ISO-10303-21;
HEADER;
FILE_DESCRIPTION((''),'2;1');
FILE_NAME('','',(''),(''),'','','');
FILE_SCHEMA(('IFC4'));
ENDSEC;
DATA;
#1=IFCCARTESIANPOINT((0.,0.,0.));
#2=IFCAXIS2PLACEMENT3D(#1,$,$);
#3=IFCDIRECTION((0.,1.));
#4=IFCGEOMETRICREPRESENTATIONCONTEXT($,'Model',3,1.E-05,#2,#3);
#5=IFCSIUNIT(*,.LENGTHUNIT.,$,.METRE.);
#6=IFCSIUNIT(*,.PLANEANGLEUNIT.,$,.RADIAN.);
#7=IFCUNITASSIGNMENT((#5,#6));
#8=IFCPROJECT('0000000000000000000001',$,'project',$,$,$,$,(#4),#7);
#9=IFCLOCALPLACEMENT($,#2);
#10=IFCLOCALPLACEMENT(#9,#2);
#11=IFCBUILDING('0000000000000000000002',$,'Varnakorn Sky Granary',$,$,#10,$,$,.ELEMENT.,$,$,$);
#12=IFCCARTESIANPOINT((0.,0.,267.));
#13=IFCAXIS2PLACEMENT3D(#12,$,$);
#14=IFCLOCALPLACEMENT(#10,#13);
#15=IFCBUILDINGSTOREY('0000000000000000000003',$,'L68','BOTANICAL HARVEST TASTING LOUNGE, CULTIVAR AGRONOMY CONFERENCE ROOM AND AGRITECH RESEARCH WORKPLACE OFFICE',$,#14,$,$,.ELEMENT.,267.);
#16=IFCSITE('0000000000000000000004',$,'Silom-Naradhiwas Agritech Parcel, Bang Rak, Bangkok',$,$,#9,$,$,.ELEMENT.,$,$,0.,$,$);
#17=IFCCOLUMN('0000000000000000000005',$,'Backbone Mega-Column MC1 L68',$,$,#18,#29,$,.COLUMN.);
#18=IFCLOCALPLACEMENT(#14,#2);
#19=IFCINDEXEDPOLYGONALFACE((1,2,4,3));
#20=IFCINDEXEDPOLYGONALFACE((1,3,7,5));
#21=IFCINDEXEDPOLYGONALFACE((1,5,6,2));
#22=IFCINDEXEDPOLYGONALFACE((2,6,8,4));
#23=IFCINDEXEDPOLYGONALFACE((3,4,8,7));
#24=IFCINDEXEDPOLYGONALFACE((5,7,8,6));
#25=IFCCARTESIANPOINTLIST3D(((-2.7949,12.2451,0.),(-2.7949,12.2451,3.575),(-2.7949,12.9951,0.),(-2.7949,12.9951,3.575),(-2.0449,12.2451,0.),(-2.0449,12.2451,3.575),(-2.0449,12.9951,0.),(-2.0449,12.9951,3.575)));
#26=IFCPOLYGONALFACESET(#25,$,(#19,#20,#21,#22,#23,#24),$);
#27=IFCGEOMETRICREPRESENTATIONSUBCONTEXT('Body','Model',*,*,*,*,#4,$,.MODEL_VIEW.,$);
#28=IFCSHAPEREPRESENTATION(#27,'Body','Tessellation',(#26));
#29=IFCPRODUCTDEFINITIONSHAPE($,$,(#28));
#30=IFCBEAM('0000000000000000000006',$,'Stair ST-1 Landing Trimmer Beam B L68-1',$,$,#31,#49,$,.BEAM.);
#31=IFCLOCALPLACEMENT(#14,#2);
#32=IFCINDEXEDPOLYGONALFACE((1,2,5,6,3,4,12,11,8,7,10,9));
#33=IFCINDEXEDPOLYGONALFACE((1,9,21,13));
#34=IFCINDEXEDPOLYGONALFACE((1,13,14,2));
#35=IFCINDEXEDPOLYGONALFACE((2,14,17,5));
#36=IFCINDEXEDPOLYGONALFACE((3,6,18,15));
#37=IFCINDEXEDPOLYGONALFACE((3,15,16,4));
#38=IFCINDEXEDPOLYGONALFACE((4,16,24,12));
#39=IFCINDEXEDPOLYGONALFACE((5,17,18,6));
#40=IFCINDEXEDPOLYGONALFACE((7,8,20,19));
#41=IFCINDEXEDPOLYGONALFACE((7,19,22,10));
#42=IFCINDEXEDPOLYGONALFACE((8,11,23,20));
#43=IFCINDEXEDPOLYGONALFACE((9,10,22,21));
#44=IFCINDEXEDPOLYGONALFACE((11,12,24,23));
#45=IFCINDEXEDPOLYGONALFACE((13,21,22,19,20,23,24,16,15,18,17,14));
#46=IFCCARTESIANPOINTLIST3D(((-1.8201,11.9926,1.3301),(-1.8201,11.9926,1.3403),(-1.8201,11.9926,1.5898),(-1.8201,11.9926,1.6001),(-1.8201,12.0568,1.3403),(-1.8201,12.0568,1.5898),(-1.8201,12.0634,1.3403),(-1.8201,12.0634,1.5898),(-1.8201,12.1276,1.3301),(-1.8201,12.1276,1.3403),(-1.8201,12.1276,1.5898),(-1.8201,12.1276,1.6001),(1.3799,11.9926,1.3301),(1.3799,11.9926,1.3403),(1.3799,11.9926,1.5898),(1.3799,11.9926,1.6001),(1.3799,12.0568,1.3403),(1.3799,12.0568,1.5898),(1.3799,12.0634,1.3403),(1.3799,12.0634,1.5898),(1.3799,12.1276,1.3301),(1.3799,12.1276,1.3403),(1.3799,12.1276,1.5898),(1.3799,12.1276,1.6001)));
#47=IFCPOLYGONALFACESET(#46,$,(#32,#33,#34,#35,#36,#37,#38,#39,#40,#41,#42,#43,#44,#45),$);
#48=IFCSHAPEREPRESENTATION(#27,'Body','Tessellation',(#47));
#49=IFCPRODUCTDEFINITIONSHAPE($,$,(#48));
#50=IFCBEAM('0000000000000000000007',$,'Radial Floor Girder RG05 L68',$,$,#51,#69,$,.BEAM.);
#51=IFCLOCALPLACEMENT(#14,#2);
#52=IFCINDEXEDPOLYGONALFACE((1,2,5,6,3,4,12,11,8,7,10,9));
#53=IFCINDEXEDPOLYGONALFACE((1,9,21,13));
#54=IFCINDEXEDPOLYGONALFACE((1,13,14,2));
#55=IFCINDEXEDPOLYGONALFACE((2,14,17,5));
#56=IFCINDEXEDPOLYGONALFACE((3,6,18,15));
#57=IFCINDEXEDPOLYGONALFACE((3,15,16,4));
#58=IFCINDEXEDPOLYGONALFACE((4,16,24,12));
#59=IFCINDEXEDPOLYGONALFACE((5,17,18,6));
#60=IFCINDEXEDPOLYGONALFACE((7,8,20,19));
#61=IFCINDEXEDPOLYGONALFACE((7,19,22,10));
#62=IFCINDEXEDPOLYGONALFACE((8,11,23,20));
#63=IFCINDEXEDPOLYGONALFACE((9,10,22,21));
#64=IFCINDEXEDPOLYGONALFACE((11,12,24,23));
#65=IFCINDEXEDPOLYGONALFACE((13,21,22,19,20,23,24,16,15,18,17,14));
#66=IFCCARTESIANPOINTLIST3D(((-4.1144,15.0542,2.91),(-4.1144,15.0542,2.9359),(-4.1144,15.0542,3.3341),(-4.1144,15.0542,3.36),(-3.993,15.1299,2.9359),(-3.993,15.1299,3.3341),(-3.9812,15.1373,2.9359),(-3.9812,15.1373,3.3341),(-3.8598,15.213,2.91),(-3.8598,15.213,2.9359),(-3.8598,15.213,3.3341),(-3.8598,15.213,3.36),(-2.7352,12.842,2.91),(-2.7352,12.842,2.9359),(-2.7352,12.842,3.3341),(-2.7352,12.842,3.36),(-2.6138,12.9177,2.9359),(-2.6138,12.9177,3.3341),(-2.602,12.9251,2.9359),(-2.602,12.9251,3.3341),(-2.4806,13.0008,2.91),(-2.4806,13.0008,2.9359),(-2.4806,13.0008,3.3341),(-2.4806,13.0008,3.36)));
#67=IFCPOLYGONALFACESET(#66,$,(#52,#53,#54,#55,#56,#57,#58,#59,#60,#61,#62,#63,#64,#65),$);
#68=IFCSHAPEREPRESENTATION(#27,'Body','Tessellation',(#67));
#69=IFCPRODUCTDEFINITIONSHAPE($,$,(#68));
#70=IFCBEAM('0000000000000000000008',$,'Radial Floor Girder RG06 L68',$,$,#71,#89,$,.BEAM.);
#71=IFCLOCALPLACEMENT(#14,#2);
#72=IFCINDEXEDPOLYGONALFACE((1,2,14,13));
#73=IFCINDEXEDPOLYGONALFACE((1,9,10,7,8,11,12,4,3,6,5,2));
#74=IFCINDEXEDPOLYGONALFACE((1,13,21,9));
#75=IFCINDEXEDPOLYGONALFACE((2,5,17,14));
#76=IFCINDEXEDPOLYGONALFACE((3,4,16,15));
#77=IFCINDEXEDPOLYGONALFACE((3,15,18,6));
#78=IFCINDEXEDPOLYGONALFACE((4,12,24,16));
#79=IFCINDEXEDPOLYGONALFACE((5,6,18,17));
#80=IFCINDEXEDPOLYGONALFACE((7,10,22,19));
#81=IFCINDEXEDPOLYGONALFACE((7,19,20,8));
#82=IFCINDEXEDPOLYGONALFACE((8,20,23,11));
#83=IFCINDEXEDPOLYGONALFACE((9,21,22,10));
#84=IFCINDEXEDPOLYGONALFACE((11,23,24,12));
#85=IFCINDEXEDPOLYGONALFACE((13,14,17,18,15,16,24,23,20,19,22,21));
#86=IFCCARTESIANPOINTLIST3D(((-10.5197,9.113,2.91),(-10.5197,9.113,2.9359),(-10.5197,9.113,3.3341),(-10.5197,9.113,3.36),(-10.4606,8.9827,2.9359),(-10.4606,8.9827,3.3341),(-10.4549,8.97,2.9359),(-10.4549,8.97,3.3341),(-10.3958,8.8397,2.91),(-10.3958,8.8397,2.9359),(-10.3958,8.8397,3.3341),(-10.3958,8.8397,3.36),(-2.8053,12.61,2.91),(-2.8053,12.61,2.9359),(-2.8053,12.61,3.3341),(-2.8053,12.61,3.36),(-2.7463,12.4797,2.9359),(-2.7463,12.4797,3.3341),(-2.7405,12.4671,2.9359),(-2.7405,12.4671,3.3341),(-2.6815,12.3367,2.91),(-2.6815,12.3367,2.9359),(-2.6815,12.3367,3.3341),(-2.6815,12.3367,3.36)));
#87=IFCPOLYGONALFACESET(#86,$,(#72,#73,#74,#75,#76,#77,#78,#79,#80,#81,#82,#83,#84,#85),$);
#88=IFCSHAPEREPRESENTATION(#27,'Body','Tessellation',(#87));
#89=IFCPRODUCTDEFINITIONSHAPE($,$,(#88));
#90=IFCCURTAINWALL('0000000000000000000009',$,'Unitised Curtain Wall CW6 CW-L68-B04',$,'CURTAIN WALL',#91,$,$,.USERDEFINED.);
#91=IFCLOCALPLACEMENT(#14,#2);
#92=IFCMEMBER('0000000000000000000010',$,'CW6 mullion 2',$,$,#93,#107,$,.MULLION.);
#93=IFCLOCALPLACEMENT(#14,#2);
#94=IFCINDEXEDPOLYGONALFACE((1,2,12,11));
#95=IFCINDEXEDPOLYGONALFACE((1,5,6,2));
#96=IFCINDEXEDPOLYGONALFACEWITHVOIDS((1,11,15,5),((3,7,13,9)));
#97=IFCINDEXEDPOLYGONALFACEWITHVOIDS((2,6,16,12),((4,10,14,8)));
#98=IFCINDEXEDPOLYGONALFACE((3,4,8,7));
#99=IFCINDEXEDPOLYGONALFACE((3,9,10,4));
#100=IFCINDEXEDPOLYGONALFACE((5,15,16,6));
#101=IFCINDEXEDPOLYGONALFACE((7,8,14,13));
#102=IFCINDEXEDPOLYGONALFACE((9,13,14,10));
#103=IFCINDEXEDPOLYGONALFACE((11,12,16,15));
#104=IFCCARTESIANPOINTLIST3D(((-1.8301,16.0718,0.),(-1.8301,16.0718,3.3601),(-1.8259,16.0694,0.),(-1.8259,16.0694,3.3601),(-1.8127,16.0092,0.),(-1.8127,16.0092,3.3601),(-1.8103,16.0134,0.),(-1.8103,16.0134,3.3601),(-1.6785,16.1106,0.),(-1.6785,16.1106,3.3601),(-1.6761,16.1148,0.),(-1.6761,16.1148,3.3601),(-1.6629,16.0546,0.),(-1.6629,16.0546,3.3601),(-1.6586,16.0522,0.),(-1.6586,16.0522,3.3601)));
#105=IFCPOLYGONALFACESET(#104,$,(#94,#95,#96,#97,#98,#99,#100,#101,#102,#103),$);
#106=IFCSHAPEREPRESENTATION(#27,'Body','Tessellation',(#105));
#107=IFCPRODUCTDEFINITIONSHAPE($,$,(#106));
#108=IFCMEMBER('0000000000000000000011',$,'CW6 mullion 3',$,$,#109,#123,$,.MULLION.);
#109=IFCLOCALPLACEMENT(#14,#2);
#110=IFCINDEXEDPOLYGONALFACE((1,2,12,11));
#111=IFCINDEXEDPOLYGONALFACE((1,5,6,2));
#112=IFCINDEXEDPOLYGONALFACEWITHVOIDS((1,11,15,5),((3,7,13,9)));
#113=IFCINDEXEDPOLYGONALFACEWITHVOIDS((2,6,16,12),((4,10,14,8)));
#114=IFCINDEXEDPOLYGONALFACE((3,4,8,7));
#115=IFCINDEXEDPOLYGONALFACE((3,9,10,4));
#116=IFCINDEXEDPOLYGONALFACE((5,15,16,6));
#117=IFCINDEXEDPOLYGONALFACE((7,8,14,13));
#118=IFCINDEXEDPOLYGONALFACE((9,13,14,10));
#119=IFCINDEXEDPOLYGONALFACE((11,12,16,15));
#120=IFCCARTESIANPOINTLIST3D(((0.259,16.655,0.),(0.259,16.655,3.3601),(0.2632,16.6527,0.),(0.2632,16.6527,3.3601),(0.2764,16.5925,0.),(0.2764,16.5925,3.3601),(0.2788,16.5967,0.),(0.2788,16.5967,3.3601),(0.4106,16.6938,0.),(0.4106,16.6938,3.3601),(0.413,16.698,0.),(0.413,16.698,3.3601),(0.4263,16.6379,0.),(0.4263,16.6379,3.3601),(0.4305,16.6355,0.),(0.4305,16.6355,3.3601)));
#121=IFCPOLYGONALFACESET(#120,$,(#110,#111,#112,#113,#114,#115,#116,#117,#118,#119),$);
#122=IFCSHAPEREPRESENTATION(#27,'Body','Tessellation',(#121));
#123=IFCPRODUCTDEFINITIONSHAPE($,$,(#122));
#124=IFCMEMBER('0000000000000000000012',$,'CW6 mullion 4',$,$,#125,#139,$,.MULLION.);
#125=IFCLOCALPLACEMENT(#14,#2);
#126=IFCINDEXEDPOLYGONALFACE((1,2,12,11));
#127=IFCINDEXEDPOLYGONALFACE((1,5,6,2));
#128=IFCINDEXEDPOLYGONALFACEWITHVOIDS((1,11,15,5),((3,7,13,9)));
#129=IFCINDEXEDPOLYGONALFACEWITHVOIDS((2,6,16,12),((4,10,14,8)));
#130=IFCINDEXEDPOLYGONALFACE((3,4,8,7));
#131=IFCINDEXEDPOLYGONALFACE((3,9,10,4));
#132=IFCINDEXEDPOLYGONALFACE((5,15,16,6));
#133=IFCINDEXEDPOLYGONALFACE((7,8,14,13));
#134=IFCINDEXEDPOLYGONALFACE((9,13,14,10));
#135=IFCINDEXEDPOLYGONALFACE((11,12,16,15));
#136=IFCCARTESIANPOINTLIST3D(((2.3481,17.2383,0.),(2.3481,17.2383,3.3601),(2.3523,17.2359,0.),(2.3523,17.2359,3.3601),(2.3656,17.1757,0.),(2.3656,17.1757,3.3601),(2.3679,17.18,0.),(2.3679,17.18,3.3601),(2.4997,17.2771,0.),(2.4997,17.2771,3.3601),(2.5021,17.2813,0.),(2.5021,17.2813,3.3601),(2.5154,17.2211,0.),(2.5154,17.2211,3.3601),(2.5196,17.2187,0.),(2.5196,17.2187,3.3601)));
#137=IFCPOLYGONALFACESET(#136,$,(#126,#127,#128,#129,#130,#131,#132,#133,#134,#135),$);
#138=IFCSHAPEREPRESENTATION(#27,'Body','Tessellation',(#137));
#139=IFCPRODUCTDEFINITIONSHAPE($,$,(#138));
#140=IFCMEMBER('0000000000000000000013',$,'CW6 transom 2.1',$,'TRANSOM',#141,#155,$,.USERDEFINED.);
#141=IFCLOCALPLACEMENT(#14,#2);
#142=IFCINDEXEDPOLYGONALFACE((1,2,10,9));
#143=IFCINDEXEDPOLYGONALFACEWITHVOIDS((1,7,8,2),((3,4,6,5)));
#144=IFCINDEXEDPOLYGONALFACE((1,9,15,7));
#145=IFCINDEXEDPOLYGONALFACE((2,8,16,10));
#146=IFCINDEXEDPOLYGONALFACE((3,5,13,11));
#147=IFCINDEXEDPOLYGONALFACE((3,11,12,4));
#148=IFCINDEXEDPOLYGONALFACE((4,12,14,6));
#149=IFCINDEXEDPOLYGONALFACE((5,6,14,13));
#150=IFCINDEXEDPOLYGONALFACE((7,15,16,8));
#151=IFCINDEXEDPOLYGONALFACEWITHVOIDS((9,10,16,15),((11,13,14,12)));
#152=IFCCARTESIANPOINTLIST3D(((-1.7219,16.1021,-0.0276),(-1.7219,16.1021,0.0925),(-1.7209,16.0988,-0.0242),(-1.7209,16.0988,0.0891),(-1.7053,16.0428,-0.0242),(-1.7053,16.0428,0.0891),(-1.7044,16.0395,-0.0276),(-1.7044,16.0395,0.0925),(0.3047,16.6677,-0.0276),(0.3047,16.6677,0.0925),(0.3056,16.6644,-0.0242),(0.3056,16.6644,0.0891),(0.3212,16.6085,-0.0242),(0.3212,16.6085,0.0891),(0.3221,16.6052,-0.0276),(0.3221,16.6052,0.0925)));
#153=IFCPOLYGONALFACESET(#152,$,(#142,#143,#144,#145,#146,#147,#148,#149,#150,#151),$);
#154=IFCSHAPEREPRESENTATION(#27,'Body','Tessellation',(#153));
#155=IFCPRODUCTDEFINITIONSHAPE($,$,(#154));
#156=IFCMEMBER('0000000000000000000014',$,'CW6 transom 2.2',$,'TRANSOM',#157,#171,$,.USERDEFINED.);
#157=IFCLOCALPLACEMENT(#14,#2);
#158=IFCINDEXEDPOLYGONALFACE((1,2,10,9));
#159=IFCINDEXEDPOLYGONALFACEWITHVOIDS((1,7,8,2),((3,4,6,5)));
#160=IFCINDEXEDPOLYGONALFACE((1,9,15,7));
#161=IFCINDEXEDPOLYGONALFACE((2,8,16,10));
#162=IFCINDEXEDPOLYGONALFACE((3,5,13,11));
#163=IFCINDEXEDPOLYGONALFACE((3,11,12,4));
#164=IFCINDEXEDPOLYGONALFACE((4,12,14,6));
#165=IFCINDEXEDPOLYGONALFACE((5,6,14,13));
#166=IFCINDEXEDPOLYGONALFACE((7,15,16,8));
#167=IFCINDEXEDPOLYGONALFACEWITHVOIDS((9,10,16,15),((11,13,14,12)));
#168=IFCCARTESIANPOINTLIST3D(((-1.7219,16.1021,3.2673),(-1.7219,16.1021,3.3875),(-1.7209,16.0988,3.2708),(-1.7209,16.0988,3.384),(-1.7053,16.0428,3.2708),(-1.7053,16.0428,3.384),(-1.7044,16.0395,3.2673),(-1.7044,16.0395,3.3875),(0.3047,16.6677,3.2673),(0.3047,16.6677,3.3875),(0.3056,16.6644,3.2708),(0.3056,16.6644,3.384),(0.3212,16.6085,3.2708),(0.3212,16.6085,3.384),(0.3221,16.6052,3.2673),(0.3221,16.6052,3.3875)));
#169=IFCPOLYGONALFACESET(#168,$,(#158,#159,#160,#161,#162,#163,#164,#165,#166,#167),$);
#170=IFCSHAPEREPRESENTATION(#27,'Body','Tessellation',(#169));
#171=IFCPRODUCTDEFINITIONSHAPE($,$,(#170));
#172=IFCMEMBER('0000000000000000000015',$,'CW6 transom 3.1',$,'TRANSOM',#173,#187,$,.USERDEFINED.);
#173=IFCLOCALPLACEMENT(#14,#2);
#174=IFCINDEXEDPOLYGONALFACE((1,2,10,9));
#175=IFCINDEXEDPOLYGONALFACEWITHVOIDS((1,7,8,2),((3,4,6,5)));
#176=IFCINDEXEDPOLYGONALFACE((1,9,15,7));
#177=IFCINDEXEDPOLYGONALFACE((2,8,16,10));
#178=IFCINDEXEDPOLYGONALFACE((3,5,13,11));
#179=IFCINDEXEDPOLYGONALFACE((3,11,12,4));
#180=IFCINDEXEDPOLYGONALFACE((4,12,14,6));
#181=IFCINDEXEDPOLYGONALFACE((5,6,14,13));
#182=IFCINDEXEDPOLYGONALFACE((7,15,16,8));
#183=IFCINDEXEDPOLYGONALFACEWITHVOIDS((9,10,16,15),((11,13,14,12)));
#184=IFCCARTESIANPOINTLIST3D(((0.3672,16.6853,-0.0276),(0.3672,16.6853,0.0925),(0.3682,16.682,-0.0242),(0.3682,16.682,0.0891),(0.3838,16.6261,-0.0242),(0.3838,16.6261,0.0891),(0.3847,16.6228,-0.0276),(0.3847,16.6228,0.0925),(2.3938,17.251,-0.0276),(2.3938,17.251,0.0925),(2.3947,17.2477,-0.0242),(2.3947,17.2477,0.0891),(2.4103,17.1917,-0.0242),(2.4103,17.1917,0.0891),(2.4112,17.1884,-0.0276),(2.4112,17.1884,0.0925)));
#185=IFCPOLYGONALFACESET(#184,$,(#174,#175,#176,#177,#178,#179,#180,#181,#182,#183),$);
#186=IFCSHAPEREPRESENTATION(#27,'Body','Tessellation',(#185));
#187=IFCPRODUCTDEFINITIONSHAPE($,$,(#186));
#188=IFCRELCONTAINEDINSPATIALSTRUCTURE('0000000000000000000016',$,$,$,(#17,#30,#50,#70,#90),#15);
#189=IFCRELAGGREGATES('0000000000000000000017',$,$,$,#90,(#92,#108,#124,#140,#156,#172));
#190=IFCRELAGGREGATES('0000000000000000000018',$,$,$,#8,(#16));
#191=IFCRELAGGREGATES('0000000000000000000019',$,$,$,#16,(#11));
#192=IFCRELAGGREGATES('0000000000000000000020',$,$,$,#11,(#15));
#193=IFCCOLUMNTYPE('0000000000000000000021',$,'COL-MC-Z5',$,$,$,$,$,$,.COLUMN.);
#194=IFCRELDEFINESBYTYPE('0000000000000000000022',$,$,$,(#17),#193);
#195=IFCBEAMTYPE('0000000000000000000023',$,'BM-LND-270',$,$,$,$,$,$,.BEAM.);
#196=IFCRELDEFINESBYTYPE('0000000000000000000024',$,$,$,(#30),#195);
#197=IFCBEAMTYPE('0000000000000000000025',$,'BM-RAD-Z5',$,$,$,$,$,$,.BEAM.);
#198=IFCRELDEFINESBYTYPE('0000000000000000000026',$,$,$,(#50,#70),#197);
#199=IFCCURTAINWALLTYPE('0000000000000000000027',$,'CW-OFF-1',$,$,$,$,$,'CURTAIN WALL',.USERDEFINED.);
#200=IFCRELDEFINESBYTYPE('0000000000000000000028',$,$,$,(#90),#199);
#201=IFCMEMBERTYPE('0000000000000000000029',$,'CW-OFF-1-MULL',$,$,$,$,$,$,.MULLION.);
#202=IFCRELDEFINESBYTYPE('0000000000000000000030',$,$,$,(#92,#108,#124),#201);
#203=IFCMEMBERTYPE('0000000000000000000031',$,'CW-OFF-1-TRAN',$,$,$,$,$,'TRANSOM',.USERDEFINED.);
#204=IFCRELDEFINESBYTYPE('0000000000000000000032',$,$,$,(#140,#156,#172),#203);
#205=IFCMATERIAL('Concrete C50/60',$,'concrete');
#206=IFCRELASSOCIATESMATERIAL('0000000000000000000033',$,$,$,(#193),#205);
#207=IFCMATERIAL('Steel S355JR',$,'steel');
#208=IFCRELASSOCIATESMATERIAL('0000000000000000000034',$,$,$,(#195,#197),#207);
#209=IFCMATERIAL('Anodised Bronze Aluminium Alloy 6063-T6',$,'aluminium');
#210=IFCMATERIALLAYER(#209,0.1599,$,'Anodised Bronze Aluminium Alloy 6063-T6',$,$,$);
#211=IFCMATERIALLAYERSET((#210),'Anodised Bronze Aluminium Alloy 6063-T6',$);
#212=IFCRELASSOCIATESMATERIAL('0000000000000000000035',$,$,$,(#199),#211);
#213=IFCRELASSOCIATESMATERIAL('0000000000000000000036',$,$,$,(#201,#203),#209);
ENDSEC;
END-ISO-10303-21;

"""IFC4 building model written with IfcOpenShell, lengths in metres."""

from ifc_helpers import new_model, si_unit, direction, frame, origin, origin_2d, place, context, subcontext, project, spatial, rectangle, hollow_rectangle, i_section, extrude, material, layer, layer_set, material_profile, profile_set, type_object, element, aggregate, save


model = new_model("IFC4")

# Units and contexts
model_context = context("Model", 3, precision=1e-05, world=origin(), true_north=direction((0.0, 1.0)))
body_context = subcontext(model_context, "Body", "Model", "MODEL_VIEW")
ifc_project = project(units=[si_unit("LENGTHUNIT", "METRE"), si_unit("PLANEANGLEUNIT", "RADIAN")], contexts=[model_context])

# Site, building, storey
site_placement = place(None, origin())
site = spatial("IfcSite", under=ifc_project, at=site_placement, Name="Silom-Naradhiwas Agritech Parcel, Bang Rak, Bangkok", CompositionType="ELEMENT", RefElevation=0.0)
building_placement = place(site_placement, origin())
building = spatial("IfcBuilding", under=site, at=building_placement, Name="Varnakorn Sky Granary", CompositionType="ELEMENT")
storey_placement = place(building_placement, frame((0.0, 0.0, 267.0)))
storey = spatial("IfcBuildingStorey", under=building, at=storey_placement, Name="L68", Description="BOTANICAL HARVEST TASTING LOUNGE, CULTIVAR AGRONOMY CONFERENCE ROOM AND AGRITECH RESEARCH WORKPLACE OFFICE", CompositionType="ELEMENT", Elevation=267.0)

# Column
ifc_material_1 = material(Name="Concrete C50/60", Category="concrete")
ifc_material_profile_1 = material_profile(ifc_material_1, rectangle(XDim=0.75, YDim=0.75, at=origin_2d()), Name="RC 750x750")
ifc_profile_set_1 = profile_set([ifc_material_profile_1], Name="Concrete C50/60")
column_type = type_object("IfcColumnType", Name="COL-MC-Z5", PredefinedType="COLUMN", material=ifc_profile_set_1)
column_placement = place(storey_placement, frame((-2.4199, 12.6201, 0.0), z_axis=(0.0, 0.0, 1.0), x_axis=(1.0, 0.0, 0.0)))
element("IfcColumn", 1, at=column_placement, inside=storey, type_object=column_type, Name="Backbone Mega-Column MC1 L68", PredefinedType="COLUMN", context=body_context, shape_type="SweptSolid", body=[
    extrude(rectangle(XDim=0.75, YDim=0.75, at=origin_2d()), origin(), (0.0, 0.0, 1.0), 3.575),
])

# Beams
ifc_material_2 = material(Name="Steel S355JR", Category="steel")
ifc_material_profile_2 = material_profile(ifc_material_2, i_section(OverallWidth=0.135, OverallDepth=0.27, WebThickness=0.0066, FlangeThickness=0.0103, at=origin_2d()), Name="IPE 270")
ifc_profile_set_2 = profile_set([ifc_material_profile_2], Name="Steel S355JR")
beam_type_1 = type_object("IfcBeamType", Name="BM-LND-270", PredefinedType="BEAM", material=ifc_profile_set_2)
beam_1_placement = place(storey_placement, frame((-1.8201, 12.0601, 1.4651), z_axis=(1.0, 0.0, 0.0), x_axis=(0.0, 1.0, 0.0)))
element("IfcBeam", 2, at=beam_1_placement, inside=storey, type_object=beam_type_1, Name="Stair ST-1 Landing Trimmer Beam B L68-1", PredefinedType="BEAM", context=body_context, shape_type="SweptSolid", body=[
    extrude(i_section(OverallWidth=0.135, OverallDepth=0.27, WebThickness=0.0066, FlangeThickness=0.0103, at=origin_2d()), origin(), (0.0, 0.0, 1.0), 3.2),
])
ifc_material_profile_3 = material_profile(ifc_material_2, i_section(OverallWidth=0.3, OverallDepth=0.45, WebThickness=0.0139, FlangeThickness=0.0259, at=origin_2d()), Name="HE 450 B")
ifc_profile_set_3 = profile_set([ifc_material_profile_3], Name="Steel S355JR")
beam_type_2 = type_object("IfcBeamType", Name="BM-RAD-Z5", PredefinedType="BEAM", material=ifc_profile_set_3)
beam_2_placement = place(storey_placement, frame((-2.6079, 12.9214, 3.135), z_axis=(-0.529047, 0.848592, 0.0), x_axis=(-0.848592, -0.529047, 0.0)))
element("IfcBeam", 3, at=beam_2_placement, inside=storey, type_object=beam_type_2, Name="Radial Floor Girder RG05 L68", PredefinedType="BEAM", context=body_context, shape_type="SweptSolid", body=[
    extrude(i_section(OverallWidth=0.3, OverallDepth=0.45, WebThickness=0.0139, FlangeThickness=0.0259, at=origin_2d()), origin(), (0.0, 0.0, 1.0), 2.6069),
])
beam_3_placement = place(storey_placement, frame((-2.7434, 12.4734, 3.135), z_axis=(-0.910787, -0.412878, 0.0), x_axis=(0.412878, -0.910787, 0.0)))
element("IfcBeam", 4, at=beam_3_placement, inside=storey, type_object=beam_type_2, Name="Radial Floor Girder RG06 L68", PredefinedType="BEAM", context=body_context, shape_type="SweptSolid", body=[
    extrude(i_section(OverallWidth=0.3, OverallDepth=0.45, WebThickness=0.0139, FlangeThickness=0.0259, at=origin_2d()), origin(), (0.0, 0.0, 1.0), 8.47),
])

# Curtain wall, members
ifc_material_3 = material(Name="Anodised Bronze Aluminium Alloy 6063-T6", Category="aluminium")
ifc_layer_1 = layer(ifc_material_3, 0.1599, Name="Anodised Bronze Aluminium Alloy 6063-T6")
ifc_layer_set_1 = layer_set([ifc_layer_1], Name="Anodised Bronze Aluminium Alloy 6063-T6")
curtain_wall_type = type_object("IfcCurtainWallType", Name="CW-OFF-1", ElementType="CURTAIN WALL", PredefinedType="USERDEFINED", material=ifc_layer_set_1)
curtain_wall_placement = place(storey_placement, origin())
curtain_wall = element("IfcCurtainWall", 5, at=curtain_wall_placement, inside=storey, type_object=curtain_wall_type, Name="Unitised Curtain Wall CW6 CW-L68-B04", ObjectType="CURTAIN WALL", PredefinedType="USERDEFINED")
ifc_material_profile_4 = material_profile(ifc_material_3, hollow_rectangle(XDim=0.0649, YDim=0.1599, WallThickness=0.0034, at=origin_2d()), Name="ALU MULL 65x160")
ifc_profile_set_4 = profile_set([ifc_material_profile_4], Name="Anodised Bronze Aluminium Alloy 6063-T6")
member_type_1 = type_object("IfcMemberType", Name="CW-OFF-1-MULL", PredefinedType="MULLION", material=ifc_profile_set_4)
member_1_placement = place(storey_placement, frame((-1.7444, 16.062, 0.0), z_axis=(0.0, 0.0, 1.0), x_axis=(-0.26889, 0.963171, 0.0)))
member_1 = element("IfcMember", 6, at=member_1_placement, type_object=member_type_1, Name="CW6 mullion 2", PredefinedType="MULLION", context=body_context, shape_type="SweptSolid", body=[
    extrude(hollow_rectangle(XDim=0.0649, YDim=0.1599, WallThickness=0.0034, at=origin_2d()), origin(), (0.0, 0.0, 1.0), 3.3601),
])
member_2_placement = place(storey_placement, frame((0.3447, 16.6453, 0.0), z_axis=(0.0, 0.0, 1.0), x_axis=(-0.26889, 0.963171, 0.0)))
member_2 = element("IfcMember", 7, at=member_2_placement, type_object=member_type_1, Name="CW6 mullion 3", PredefinedType="MULLION", context=body_context, shape_type="SweptSolid", body=[
    extrude(hollow_rectangle(XDim=0.0649, YDim=0.1599, WallThickness=0.0034, at=origin_2d()), origin(), (0.0, 0.0, 1.0), 3.3601),
])
member_3_placement = place(storey_placement, frame((2.4338, 17.2285, 0.0), z_axis=(0.0, 0.0, 1.0), x_axis=(-0.26889, 0.963171, 0.0)))
member_3 = element("IfcMember", 8, at=member_3_placement, type_object=member_type_1, Name="CW6 mullion 4", PredefinedType="MULLION", context=body_context, shape_type="SweptSolid", body=[
    extrude(hollow_rectangle(XDim=0.0649, YDim=0.1599, WallThickness=0.0034, at=origin_2d()), origin(), (0.0, 0.0, 1.0), 3.3601),
])
ifc_material_profile_5 = material_profile(ifc_material_3, hollow_rectangle(XDim=0.0649, YDim=0.1201, WallThickness=0.0034, at=origin_2d()), Name="ALU TRAN 65x120")
ifc_profile_set_5 = profile_set([ifc_material_profile_5], Name="Anodised Bronze Aluminium Alloy 6063-T6")
member_type_2 = type_object("IfcMemberType", Name="CW-OFF-1-TRAN", ElementType="TRANSOM", PredefinedType="USERDEFINED", material=ifc_profile_set_5)
member_4_placement = place(storey_placement, frame((-1.7131, 16.0708, 0.0325), z_axis=(0.963183, 0.268847, 0.0), x_axis=(-0.268847, 0.963183, 0.0)))
member_4 = element("IfcMember", 9, at=member_4_placement, type_object=member_type_2, Name="CW6 transom 2.1", ObjectType="TRANSOM", PredefinedType="USERDEFINED", context=body_context, shape_type="SweptSolid", body=[
    extrude(hollow_rectangle(XDim=0.0649, YDim=0.1201, WallThickness=0.0034, at=origin_2d()), origin(), (0.0, 0.0, 1.0), 2.104),
])
member_5_placement = place(storey_placement, frame((-1.7131, 16.0708, 3.3274), z_axis=(0.963183, 0.268847, 0.0), x_axis=(-0.268847, 0.963183, 0.0)))
member_5 = element("IfcMember", 10, at=member_5_placement, type_object=member_type_2, Name="CW6 transom 2.2", ObjectType="TRANSOM", PredefinedType="USERDEFINED", context=body_context, shape_type="SweptSolid", body=[
    extrude(hollow_rectangle(XDim=0.0649, YDim=0.1201, WallThickness=0.0034, at=origin_2d()), origin(), (0.0, 0.0, 1.0), 2.104),
])
member_6_placement = place(storey_placement, frame((0.376, 16.6541, 0.0325), z_axis=(0.963183, 0.268847, 0.0), x_axis=(-0.268847, 0.963183, 0.0)))
member_6 = element("IfcMember", 11, at=member_6_placement, type_object=member_type_2, Name="CW6 transom 3.1", ObjectType="TRANSOM", PredefinedType="USERDEFINED", context=body_context, shape_type="SweptSolid", body=[
    extrude(hollow_rectangle(XDim=0.0649, YDim=0.1201, WallThickness=0.0034, at=origin_2d()), origin(), (0.0, 0.0, 1.0), 2.104),
])

aggregate(curtain_wall, [member_1, member_2, member_3, member_4, member_5, member_6])

save(model, "model.ifc")
